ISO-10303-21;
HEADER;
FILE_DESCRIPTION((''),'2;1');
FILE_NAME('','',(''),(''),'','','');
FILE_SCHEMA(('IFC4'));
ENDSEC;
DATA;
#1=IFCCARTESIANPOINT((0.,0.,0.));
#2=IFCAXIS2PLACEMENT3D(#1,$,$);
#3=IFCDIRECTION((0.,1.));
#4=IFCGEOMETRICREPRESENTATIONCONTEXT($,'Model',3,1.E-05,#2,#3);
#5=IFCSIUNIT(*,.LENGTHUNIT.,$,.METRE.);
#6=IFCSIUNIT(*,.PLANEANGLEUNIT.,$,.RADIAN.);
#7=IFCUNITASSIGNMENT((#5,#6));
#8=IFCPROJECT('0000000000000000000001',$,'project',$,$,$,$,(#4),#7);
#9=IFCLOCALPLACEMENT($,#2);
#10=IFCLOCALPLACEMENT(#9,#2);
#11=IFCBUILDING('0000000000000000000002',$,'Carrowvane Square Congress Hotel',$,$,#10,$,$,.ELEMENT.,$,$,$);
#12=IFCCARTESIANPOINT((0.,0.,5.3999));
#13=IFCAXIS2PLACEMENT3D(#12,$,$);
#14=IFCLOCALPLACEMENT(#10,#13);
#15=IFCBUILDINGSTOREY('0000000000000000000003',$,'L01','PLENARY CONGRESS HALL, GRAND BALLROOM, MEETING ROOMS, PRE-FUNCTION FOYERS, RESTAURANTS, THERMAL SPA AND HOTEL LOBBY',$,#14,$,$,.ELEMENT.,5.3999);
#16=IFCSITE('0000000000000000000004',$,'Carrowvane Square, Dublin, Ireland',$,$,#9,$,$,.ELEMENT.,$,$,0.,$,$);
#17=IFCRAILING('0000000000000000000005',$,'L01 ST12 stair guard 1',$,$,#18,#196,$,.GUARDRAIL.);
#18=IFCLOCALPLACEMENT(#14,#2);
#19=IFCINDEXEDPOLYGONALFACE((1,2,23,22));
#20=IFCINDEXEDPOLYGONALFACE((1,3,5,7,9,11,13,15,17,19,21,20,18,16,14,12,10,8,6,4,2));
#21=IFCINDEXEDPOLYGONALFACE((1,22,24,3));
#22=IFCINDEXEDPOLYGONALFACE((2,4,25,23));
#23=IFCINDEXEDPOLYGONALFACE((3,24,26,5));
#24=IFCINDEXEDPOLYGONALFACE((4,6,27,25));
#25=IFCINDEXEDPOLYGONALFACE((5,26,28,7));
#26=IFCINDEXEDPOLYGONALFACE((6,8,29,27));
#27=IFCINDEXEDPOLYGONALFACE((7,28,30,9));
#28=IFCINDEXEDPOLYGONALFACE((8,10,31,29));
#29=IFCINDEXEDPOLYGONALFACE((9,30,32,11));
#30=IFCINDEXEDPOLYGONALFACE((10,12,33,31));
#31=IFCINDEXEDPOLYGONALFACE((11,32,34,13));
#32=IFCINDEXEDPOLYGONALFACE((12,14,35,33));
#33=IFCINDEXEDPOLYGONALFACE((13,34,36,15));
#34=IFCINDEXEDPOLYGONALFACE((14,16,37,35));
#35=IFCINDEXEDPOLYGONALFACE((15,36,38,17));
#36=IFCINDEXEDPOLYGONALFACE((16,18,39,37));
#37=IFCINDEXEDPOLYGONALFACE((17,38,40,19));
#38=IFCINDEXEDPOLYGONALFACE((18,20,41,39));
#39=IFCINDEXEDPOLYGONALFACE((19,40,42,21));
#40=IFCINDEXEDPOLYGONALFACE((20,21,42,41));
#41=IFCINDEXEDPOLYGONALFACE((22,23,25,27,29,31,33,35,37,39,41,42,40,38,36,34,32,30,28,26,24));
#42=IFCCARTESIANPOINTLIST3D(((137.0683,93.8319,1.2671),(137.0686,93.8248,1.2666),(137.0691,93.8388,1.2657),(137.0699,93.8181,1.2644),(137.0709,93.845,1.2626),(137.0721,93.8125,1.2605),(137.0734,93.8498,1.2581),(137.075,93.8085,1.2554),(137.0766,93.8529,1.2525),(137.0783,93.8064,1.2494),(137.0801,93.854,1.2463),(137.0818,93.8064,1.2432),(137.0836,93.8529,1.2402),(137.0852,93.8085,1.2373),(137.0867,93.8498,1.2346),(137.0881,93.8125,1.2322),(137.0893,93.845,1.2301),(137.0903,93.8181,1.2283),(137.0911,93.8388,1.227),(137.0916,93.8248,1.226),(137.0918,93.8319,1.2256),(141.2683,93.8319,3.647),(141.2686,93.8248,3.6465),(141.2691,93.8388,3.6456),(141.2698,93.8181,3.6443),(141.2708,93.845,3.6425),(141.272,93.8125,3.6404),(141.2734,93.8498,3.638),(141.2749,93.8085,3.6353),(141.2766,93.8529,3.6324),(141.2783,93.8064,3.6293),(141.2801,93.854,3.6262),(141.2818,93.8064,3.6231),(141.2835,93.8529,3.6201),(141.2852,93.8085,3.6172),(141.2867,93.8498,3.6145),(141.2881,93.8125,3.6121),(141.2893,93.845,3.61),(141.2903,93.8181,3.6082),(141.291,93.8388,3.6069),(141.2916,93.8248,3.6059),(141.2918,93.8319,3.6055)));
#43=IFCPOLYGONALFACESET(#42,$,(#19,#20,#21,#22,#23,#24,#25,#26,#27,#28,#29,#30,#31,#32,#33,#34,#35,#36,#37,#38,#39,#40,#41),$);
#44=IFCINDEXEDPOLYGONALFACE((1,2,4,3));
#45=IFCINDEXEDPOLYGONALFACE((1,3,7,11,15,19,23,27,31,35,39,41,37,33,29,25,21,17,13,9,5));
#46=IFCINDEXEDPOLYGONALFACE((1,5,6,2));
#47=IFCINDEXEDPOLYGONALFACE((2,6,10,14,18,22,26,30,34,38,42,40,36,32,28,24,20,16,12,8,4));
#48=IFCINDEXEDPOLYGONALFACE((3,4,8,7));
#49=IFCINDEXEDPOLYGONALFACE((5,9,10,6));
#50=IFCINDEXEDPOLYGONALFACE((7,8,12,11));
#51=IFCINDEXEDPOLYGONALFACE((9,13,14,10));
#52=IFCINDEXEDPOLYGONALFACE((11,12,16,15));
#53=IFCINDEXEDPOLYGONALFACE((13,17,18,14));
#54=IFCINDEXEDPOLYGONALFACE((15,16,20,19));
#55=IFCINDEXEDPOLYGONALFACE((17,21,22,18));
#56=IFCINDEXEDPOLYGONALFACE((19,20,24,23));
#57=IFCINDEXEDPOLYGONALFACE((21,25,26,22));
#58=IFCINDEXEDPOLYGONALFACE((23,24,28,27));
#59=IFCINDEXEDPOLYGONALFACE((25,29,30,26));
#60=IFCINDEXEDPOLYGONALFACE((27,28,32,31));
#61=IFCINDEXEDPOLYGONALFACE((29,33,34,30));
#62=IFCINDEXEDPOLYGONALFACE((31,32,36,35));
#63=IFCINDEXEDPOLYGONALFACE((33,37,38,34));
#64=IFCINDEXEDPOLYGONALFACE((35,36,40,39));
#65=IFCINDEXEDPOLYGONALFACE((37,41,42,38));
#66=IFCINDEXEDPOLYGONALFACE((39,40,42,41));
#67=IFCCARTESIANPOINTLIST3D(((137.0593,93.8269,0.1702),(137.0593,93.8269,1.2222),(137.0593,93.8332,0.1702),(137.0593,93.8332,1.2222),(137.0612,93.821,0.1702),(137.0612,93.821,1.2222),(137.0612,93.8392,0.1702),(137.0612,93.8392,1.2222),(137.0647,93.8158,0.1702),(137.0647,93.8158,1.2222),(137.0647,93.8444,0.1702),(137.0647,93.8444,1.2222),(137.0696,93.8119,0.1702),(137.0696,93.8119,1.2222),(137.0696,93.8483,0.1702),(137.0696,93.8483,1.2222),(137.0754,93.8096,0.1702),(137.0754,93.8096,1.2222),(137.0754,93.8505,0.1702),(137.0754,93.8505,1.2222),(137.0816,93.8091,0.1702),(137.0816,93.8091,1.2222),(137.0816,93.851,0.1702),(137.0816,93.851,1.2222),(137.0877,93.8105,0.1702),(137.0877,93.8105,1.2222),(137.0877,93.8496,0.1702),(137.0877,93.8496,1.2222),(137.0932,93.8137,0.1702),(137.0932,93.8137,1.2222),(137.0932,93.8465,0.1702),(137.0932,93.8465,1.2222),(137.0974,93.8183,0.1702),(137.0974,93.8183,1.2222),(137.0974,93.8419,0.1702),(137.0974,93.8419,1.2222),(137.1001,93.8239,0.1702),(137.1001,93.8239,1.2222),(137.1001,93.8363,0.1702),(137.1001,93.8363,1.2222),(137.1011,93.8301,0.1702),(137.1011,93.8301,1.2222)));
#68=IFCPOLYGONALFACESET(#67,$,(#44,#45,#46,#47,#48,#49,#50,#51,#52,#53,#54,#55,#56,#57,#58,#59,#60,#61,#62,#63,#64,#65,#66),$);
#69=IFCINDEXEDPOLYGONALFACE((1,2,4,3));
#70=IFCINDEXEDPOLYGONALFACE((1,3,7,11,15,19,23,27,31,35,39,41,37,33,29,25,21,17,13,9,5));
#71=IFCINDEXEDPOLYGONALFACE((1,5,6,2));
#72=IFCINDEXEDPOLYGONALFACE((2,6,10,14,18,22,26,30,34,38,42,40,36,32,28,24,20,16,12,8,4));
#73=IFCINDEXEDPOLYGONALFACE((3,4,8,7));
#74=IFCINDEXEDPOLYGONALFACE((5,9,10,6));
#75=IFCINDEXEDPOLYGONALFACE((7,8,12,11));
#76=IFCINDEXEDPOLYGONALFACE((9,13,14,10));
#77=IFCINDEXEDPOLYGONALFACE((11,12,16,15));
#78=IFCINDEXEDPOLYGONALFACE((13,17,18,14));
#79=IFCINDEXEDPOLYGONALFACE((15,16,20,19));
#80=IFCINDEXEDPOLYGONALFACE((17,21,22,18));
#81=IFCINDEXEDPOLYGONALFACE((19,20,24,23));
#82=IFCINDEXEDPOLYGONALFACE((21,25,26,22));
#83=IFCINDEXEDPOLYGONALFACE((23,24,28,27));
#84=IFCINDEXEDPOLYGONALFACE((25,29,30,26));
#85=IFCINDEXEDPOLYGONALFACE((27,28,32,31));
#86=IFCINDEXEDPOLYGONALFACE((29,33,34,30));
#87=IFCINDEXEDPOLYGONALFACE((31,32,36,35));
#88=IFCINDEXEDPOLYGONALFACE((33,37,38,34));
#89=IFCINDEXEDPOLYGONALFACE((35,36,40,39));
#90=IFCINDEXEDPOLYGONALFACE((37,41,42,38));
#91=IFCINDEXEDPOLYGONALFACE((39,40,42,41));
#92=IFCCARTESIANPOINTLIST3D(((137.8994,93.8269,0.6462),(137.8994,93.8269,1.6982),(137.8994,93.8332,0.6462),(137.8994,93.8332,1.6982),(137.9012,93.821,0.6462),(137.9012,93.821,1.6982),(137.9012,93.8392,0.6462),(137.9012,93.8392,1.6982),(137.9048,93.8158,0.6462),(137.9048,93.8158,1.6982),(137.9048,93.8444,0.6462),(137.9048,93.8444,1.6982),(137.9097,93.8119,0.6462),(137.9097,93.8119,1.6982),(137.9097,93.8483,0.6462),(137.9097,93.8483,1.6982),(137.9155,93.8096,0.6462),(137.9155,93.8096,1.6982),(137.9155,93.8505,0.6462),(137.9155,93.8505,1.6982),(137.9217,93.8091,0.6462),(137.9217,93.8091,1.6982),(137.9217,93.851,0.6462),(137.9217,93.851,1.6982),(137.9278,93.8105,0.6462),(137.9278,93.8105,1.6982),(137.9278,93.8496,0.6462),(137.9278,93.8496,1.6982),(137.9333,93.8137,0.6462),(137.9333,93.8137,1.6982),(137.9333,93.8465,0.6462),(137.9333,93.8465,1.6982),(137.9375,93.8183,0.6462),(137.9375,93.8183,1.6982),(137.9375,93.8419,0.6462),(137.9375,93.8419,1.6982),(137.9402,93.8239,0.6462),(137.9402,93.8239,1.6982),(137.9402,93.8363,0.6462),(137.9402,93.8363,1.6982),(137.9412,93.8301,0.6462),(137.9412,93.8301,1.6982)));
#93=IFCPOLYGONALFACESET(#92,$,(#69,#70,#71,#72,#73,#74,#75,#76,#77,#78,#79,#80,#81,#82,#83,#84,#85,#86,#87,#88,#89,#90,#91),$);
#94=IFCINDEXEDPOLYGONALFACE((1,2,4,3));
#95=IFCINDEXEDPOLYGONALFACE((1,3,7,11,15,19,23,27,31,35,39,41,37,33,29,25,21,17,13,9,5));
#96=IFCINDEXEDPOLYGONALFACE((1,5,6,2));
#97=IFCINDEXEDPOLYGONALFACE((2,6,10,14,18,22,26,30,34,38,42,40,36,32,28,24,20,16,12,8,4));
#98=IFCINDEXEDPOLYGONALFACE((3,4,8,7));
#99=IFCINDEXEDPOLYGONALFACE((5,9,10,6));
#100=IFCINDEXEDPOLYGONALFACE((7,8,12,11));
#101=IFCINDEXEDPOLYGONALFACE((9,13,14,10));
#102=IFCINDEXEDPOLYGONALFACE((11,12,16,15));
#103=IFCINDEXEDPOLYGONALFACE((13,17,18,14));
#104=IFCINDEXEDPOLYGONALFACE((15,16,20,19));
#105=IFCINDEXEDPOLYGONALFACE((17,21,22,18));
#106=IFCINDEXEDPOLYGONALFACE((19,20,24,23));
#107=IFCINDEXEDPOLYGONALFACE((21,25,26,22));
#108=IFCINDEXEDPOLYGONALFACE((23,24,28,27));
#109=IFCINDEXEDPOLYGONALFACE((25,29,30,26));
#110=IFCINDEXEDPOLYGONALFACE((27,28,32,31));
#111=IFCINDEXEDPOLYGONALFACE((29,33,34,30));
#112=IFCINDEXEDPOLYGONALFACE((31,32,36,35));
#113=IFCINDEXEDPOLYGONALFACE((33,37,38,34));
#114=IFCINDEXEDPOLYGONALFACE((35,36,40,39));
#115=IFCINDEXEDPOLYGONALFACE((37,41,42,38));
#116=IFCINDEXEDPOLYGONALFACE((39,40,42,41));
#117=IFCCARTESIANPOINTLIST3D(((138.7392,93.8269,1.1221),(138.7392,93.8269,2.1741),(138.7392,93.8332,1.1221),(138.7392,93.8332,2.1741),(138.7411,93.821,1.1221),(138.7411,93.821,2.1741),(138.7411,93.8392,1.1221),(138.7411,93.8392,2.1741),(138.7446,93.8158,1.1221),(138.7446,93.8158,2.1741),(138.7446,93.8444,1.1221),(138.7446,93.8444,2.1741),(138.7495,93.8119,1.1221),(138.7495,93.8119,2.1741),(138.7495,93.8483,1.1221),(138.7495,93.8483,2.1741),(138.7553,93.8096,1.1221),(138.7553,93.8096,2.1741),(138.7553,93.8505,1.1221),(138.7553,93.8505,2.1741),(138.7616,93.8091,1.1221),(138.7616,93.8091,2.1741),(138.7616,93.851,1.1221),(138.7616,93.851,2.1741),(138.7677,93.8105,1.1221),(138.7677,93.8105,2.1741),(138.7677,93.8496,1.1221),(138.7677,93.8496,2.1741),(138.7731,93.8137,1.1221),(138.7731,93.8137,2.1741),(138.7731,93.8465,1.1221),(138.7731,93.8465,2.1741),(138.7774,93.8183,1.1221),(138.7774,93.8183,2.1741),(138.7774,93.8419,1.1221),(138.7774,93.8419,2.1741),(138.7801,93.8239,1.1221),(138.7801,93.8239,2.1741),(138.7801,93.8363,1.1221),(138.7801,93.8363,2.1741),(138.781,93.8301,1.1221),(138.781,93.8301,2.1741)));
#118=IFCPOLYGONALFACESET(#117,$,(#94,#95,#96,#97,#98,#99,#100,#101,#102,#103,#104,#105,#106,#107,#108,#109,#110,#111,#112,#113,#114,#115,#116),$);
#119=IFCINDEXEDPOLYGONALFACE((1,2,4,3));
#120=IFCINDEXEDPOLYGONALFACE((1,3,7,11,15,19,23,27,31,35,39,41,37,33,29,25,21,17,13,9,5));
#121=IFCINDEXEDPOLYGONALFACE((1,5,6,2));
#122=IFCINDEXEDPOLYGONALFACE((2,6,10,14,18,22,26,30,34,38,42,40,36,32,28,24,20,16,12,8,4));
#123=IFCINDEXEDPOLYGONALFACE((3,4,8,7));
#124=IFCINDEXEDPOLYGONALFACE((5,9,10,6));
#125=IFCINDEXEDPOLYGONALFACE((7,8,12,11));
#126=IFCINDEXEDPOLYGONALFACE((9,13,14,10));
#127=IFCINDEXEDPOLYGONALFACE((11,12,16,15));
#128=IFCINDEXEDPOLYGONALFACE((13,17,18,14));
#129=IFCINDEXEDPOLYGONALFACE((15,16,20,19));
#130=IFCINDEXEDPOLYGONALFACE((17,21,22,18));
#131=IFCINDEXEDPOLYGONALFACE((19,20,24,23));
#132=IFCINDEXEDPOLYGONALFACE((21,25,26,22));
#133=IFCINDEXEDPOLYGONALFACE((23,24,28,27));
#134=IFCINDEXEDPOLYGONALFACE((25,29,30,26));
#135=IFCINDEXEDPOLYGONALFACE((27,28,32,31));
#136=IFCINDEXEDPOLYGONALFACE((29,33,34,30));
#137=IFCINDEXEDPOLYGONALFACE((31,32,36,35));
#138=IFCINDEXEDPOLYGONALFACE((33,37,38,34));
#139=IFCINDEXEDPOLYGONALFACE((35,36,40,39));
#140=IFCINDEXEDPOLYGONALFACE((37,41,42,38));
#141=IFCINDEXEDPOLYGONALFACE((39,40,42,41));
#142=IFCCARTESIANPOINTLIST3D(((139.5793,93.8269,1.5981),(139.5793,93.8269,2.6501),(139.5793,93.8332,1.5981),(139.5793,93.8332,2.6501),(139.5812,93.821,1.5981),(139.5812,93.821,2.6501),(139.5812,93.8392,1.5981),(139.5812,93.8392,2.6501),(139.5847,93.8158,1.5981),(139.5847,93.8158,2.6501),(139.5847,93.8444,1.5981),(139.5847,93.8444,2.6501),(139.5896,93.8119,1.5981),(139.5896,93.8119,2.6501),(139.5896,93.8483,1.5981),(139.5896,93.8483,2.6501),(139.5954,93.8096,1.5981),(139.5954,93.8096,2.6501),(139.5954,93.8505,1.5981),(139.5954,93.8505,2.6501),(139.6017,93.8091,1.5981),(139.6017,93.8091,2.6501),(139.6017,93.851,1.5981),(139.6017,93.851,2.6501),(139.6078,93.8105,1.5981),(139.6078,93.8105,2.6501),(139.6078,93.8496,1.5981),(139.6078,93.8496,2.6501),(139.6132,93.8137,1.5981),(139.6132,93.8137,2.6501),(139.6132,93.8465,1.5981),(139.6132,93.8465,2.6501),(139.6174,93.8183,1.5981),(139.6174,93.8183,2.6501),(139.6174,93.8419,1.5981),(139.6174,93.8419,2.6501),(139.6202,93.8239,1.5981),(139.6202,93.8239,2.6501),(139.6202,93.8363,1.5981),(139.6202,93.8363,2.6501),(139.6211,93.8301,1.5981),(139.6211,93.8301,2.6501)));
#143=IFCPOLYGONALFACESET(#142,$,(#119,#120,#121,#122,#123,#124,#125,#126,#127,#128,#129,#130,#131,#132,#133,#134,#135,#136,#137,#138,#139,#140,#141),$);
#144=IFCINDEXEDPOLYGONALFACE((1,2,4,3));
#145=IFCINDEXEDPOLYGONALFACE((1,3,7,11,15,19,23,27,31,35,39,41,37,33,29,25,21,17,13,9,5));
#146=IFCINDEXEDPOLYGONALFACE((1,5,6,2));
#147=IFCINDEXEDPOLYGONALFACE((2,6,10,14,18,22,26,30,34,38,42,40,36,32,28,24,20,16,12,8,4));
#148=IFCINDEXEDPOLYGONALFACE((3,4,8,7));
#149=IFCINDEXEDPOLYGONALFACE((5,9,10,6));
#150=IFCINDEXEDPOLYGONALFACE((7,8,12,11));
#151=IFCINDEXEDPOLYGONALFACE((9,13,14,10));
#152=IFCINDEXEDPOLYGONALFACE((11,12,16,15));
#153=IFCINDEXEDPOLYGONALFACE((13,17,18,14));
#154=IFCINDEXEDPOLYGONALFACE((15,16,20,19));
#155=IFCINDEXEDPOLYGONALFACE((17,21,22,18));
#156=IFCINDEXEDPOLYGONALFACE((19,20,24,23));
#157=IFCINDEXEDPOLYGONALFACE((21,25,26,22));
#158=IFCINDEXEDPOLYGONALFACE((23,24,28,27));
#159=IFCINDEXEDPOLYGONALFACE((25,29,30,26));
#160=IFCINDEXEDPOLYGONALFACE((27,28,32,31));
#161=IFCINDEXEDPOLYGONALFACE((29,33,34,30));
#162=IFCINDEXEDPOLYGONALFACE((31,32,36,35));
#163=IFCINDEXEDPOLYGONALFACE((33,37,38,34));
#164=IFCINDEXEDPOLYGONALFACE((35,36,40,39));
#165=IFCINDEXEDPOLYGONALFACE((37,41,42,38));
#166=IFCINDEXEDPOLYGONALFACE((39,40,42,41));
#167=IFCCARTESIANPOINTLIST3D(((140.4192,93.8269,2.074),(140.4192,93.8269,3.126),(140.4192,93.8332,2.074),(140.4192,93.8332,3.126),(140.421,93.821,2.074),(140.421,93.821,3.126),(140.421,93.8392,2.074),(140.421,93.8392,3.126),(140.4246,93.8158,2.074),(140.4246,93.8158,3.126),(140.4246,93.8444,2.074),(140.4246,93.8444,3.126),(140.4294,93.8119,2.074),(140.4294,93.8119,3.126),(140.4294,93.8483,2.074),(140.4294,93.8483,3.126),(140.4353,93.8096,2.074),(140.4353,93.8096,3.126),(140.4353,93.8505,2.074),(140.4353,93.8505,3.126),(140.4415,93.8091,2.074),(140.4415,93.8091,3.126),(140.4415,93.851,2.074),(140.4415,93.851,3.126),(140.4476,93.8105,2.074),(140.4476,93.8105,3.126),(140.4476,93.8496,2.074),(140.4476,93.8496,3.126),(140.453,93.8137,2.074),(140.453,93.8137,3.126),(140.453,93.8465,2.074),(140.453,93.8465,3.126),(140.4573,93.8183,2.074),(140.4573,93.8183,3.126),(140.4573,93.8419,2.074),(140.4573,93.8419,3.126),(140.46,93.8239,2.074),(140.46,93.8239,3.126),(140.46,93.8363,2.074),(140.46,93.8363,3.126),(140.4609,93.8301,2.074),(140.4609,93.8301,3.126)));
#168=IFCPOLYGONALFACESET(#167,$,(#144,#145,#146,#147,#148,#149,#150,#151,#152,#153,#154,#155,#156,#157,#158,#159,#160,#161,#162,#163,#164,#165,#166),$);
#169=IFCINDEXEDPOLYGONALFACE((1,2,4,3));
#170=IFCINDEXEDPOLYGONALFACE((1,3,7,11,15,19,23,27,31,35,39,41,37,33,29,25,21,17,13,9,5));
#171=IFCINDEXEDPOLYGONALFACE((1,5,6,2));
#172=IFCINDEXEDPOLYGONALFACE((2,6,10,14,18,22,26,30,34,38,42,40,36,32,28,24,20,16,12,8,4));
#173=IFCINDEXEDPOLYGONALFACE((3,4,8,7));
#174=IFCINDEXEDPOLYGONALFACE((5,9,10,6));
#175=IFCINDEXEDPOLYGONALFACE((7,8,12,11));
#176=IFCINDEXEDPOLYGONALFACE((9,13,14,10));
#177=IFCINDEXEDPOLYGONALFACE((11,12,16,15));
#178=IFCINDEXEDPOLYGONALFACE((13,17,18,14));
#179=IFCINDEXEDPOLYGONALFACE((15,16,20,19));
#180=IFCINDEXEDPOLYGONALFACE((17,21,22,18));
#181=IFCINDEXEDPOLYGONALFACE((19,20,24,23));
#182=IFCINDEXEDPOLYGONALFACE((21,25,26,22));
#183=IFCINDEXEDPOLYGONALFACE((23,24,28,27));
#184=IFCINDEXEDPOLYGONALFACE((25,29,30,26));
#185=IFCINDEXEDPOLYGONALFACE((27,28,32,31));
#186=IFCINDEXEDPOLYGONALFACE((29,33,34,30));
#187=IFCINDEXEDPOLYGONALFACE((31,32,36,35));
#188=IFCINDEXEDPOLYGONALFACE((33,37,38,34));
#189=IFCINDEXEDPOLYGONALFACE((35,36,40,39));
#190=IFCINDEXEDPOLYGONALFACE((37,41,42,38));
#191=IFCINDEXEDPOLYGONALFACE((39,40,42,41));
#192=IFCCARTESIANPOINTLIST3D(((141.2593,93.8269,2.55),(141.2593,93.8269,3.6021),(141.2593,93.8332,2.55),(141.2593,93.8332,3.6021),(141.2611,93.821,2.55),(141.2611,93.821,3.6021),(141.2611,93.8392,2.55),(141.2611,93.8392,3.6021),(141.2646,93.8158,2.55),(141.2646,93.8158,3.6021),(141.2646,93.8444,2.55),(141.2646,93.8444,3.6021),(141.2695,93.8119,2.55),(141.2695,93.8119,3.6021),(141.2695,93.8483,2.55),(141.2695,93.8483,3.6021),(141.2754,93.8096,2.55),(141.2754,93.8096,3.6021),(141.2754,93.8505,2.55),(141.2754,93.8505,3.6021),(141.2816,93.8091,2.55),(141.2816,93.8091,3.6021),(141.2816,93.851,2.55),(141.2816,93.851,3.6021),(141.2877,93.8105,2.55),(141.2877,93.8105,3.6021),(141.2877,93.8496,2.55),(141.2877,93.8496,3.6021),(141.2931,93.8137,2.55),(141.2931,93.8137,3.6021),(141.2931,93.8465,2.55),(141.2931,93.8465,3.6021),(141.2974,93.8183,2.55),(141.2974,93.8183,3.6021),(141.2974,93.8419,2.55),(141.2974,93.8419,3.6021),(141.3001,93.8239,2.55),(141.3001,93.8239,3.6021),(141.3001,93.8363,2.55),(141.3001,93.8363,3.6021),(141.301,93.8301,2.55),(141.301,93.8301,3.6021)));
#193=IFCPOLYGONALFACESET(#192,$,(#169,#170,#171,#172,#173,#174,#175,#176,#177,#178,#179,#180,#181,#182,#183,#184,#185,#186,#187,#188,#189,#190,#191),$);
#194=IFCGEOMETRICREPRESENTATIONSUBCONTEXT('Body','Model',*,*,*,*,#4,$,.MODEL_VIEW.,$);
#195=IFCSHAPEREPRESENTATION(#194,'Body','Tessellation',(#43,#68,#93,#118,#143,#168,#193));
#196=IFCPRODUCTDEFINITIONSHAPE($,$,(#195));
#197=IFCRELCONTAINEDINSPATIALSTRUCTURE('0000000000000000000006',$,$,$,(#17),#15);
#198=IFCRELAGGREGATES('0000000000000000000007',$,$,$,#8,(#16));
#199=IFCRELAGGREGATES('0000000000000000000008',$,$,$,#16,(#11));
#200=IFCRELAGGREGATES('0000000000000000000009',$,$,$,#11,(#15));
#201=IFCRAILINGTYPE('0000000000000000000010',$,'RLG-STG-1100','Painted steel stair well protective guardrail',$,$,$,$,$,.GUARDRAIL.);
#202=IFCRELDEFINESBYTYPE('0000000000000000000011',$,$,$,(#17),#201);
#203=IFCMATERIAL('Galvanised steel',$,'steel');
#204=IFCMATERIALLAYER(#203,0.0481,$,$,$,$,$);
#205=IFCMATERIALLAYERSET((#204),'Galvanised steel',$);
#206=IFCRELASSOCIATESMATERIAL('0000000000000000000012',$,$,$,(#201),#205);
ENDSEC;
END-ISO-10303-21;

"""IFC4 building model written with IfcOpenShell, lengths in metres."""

from ifc_helpers import new_model, si_unit, direction, frame, origin, origin_2d, place, context, subcontext, project, spatial, circle, extrude, material, layer, layer_set, type_object, element, save


model = new_model("IFC4")

# Units and contexts
model_context = context("Model", 3, precision=1e-05, world=origin(), true_north=direction((0.0, 1.0)))
body_context = subcontext(model_context, "Body", "Model", "MODEL_VIEW")
ifc_project = project(units=[si_unit("LENGTHUNIT", "METRE"), si_unit("PLANEANGLEUNIT", "RADIAN")], contexts=[model_context])

# Site, building, storey
site_placement = place(None, origin())
site = spatial("IfcSite", under=ifc_project, at=site_placement, Name="Carrowvane Square, Dublin, Ireland", CompositionType="ELEMENT", RefElevation=0.0)
building_placement = place(site_placement, origin())
building = spatial("IfcBuilding", under=site, at=building_placement, Name="Carrowvane Square Congress Hotel", CompositionType="ELEMENT")
storey_placement = place(building_placement, frame((0.0, 0.0, 5.3999)))
storey = spatial("IfcBuildingStorey", under=building, at=storey_placement, Name="L01", Description="PLENARY CONGRESS HALL, GRAND BALLROOM, MEETING ROOMS, PRE-FUNCTION FOYERS, RESTAURANTS, THERMAL SPA AND HOTEL LOBBY", CompositionType="ELEMENT", Elevation=5.3999)

# Railing
ifc_material_1 = material(Name="Galvanised steel", Category="steel")
ifc_layer_1 = layer(ifc_material_1, 0.0481)
ifc_layer_set_1 = layer_set([ifc_layer_1], Name="Galvanised steel")
railing_type_1 = type_object("IfcRailingType", Name="RLG-STG-1100", Description="Painted steel stair well protective guardrail", PredefinedType="GUARDRAIL", material=ifc_layer_set_1)
railing_1_placement = place(storey_placement, frame((137.0801, 93.8301, 0.1702)))
element("IfcRailing", 1, at=railing_1_placement, inside=storey, type_object=railing_type_1, Name="L01 ST12 stair guard 1", PredefinedType="GUARDRAIL", context=body_context, shape_type="SweptSolid", body=[
    extrude(circle(Radius=0.0239, at=origin_2d()), frame((0.0, 0.0, 1.0762), z_axis=(0.87003, 0.0, 0.492999), x_axis=(0.0, 1.0, 0.0)), (0.0, 0.0, 1.0), 4.8274),
    extrude(circle(Radius=0.021, at=origin_2d()), origin(), (0.0, 0.0, 1.0), 1.052),
    extrude(circle(Radius=0.021, at=origin_2d()), frame((0.8401, 0.0, 0.4761)), (0.0, 0.0, 1.0), 1.052),
    extrude(circle(Radius=0.021, at=origin_2d()), frame((1.6799, 0.0, 0.9519)), (0.0, 0.0, 1.0), 1.052),
    extrude(circle(Radius=0.021, at=origin_2d()), frame((2.52, 0.0, 1.428)), (0.0, 0.0, 1.0), 1.052),
    extrude(circle(Radius=0.021, at=origin_2d()), frame((3.3599, 0.0, 1.9038)), (0.0, 0.0, 1.0), 1.052),
    extrude(circle(Radius=0.021, at=origin_2d()), frame((4.2, 0.0, 2.3799)), (0.0, 0.0, 1.0), 1.052),
])

save(model, "model.ifc")
